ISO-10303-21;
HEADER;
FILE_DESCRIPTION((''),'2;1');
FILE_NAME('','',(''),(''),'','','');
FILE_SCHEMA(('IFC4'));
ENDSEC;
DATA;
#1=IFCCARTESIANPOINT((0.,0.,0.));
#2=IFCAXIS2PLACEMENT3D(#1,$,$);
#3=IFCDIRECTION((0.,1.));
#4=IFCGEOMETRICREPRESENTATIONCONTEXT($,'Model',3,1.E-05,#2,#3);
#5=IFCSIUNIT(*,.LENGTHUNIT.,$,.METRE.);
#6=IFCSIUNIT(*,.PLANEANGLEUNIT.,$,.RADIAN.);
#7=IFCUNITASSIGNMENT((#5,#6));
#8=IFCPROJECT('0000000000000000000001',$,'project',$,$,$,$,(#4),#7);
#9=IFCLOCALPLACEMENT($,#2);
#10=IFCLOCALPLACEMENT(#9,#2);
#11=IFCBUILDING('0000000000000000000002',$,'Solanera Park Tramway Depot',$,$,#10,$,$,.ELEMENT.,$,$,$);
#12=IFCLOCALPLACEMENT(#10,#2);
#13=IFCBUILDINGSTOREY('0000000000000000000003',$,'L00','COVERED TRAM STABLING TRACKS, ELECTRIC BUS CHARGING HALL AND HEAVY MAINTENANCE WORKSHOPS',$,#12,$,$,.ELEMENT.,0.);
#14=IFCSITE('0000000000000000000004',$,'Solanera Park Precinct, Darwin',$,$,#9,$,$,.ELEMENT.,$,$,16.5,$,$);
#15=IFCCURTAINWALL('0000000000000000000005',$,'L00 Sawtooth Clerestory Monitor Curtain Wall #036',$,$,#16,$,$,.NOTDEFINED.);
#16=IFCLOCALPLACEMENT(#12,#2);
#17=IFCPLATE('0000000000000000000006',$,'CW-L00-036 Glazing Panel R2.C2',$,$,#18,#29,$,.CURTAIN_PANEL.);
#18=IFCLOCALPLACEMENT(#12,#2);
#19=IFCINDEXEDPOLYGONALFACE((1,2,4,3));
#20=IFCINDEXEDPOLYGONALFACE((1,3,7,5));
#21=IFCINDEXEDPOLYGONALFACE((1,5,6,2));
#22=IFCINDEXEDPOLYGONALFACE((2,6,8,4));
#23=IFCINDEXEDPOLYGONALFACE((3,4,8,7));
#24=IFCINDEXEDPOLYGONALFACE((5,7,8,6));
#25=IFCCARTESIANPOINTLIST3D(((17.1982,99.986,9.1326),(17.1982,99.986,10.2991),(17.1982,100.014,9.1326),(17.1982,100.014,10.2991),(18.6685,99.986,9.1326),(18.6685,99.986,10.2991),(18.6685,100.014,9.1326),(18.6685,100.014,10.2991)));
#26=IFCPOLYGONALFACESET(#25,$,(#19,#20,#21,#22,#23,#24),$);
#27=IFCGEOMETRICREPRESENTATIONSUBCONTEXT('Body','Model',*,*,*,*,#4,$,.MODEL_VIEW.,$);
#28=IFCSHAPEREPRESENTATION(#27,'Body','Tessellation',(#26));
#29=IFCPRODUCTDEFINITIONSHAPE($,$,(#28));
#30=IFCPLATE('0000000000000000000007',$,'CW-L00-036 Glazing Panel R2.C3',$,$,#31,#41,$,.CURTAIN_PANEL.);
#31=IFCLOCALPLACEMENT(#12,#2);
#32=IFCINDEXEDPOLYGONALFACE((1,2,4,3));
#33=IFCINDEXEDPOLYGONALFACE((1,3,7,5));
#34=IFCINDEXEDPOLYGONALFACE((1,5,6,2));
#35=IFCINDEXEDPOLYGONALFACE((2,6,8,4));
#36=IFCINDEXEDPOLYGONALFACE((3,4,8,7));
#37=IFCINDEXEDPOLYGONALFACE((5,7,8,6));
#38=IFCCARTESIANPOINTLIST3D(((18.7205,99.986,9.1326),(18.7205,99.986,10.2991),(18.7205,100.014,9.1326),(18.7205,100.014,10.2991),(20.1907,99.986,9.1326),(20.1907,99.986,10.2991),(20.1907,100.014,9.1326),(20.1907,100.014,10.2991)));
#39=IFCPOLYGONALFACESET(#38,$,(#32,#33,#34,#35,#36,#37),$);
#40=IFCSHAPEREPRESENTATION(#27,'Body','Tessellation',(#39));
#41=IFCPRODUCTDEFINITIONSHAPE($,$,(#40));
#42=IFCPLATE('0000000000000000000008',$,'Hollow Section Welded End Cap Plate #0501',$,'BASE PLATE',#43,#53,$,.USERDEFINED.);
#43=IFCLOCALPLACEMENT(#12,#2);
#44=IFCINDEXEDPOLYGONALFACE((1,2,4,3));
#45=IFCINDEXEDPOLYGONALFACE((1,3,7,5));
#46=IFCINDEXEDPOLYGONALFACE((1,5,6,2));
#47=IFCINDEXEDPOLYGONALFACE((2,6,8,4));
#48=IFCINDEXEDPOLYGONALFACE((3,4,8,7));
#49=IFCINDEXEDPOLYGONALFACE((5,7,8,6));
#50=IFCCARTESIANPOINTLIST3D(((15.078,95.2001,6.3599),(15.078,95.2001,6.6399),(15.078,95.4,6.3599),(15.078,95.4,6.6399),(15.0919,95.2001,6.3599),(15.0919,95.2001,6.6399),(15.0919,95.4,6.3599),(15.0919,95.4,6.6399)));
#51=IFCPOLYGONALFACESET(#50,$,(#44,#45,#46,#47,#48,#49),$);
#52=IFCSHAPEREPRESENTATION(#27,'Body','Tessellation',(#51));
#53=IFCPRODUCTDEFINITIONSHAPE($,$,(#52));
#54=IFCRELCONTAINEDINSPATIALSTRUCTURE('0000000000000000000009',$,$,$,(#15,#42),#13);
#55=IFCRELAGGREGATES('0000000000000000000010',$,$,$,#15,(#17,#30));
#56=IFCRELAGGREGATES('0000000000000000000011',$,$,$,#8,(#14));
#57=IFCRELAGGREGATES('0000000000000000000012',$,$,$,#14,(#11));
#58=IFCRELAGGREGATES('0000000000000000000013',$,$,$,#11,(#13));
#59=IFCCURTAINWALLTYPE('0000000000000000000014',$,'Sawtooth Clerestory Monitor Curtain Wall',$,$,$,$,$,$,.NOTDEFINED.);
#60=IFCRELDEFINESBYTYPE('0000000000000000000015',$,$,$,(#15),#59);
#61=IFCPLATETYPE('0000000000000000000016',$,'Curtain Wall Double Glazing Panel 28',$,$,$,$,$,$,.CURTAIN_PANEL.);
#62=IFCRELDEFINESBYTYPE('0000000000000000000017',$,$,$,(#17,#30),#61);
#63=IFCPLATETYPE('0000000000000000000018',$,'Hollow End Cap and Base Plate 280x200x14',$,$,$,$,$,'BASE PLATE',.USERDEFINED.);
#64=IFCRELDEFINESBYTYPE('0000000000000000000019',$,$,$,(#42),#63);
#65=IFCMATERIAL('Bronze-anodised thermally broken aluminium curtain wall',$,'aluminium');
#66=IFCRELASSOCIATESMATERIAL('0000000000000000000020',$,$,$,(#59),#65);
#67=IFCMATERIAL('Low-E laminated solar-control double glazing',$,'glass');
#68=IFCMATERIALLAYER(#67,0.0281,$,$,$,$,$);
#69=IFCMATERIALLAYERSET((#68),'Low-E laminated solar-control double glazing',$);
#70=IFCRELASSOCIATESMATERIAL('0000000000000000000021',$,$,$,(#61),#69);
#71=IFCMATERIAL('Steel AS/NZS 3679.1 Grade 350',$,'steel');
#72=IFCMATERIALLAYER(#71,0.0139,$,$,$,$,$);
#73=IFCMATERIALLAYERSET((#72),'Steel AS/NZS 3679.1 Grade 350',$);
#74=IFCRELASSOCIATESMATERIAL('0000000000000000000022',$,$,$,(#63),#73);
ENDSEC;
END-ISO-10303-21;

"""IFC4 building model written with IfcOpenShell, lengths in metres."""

from ifc_helpers import new_model, si_unit, direction, frame, origin, origin_2d, place, context, subcontext, project, spatial, rectangle, extrude, material, layer, layer_set, type_object, element, aggregate, save


model = new_model("IFC4")

# Units and contexts
model_context = context("Model", 3, precision=1e-05, world=origin(), true_north=direction((0.0, 1.0)))
body_context = subcontext(model_context, "Body", "Model", "MODEL_VIEW")
ifc_project = project(units=[si_unit("LENGTHUNIT", "METRE"), si_unit("PLANEANGLEUNIT", "RADIAN")], contexts=[model_context])

# Site, building, storey
site_placement = place(None, origin())
site = spatial("IfcSite", under=ifc_project, at=site_placement, Name="Solanera Park Precinct, Darwin", CompositionType="ELEMENT", RefElevation=16.5)
building_placement = place(site_placement, origin())
building = spatial("IfcBuilding", under=site, at=building_placement, Name="Solanera Park Tramway Depot", CompositionType="ELEMENT")
storey_placement = place(building_placement, origin())
storey = spatial("IfcBuildingStorey", under=building, at=storey_placement, Name="L00", Description="COVERED TRAM STABLING TRACKS, ELECTRIC BUS CHARGING HALL AND HEAVY MAINTENANCE WORKSHOPS", CompositionType="ELEMENT", Elevation=0.0)

# Curtain wall
ifc_material_1 = material(Name="Bronze-anodised thermally broken aluminium curtain wall", Category="aluminium")
curtain_wall_type = type_object("IfcCurtainWallType", Name="Sawtooth Clerestory Monitor Curtain Wall", PredefinedType="NOTDEFINED", material=ifc_material_1)
curtain_wall_1_placement = place(storey_placement, origin())
curtain_wall_1 = element("IfcCurtainWall", 1, at=curtain_wall_1_placement, inside=storey, type_object=curtain_wall_type, Name="L00 Sawtooth Clerestory Monitor Curtain Wall #036", PredefinedType="NOTDEFINED")

# Plates
ifc_material_2 = material(Name="Low-E laminated solar-control double glazing", Category="glass")
ifc_layer_1 = layer(ifc_material_2, 0.0281)
ifc_layer_set_1 = layer_set([ifc_layer_1], Name="Low-E laminated solar-control double glazing")
plate_type_1 = type_object("IfcPlateType", Name="Curtain Wall Double Glazing Panel 28", PredefinedType="CURTAIN_PANEL", material=ifc_layer_set_1)
plate_1_placement = place(storey_placement, frame((17.9333, 100.0, 9.1326), z_axis=(0.0, 0.0, 1.0), x_axis=(1.0, 0.0, 0.0)))
plate_1 = element("IfcPlate", 2, at=plate_1_placement, type_object=plate_type_1, Name="CW-L00-036 Glazing Panel R2.C2", PredefinedType="CURTAIN_PANEL", context=body_context, shape_type="SweptSolid", body=[
    extrude(rectangle(XDim=1.4702, YDim=0.0281, at=origin_2d()), origin(), (0.0, 0.0, 1.0), 1.1665),
])
plate_2_placement = place(storey_placement, frame((19.4556, 100.0, 9.1326), z_axis=(0.0, 0.0, 1.0), x_axis=(1.0, 0.0, 0.0)))
plate_2 = element("IfcPlate", 3, at=plate_2_placement, type_object=plate_type_1, Name="CW-L00-036 Glazing Panel R2.C3", PredefinedType="CURTAIN_PANEL", context=body_context, shape_type="SweptSolid", body=[
    extrude(rectangle(XDim=1.4702, YDim=0.0281, at=origin_2d()), origin(), (0.0, 0.0, 1.0), 1.1665),
])
aggregate(curtain_wall_1, [plate_1, plate_2])
ifc_material_3 = material(Name="Steel AS/NZS 3679.1 Grade 350", Category="steel")
ifc_layer_2 = layer(ifc_material_3, 0.0139)
ifc_layer_set_2 = layer_set([ifc_layer_2], Name="Steel AS/NZS 3679.1 Grade 350")
plate_type_2 = type_object("IfcPlateType", Name="Hollow End Cap and Base Plate 280x200x14", ElementType="BASE PLATE", PredefinedType="USERDEFINED", material=ifc_layer_set_2)
plate_3_placement = place(storey_placement, frame((15.085, 95.3, 6.3599), z_axis=(0.0, 0.0, 1.0), x_axis=(1.0, 0.0, 0.0)))
element("IfcPlate", 4, at=plate_3_placement, inside=storey, type_object=plate_type_2, Name="Hollow Section Welded End Cap Plate #0501", ObjectType="BASE PLATE", PredefinedType="USERDEFINED", context=body_context, shape_type="SweptSolid", body=[
    extrude(rectangle(XDim=0.0139, YDim=0.2, at=origin_2d()), origin(), (0.0, 0.0, 1.0), 0.28),
])

save(model, "model.ifc")
